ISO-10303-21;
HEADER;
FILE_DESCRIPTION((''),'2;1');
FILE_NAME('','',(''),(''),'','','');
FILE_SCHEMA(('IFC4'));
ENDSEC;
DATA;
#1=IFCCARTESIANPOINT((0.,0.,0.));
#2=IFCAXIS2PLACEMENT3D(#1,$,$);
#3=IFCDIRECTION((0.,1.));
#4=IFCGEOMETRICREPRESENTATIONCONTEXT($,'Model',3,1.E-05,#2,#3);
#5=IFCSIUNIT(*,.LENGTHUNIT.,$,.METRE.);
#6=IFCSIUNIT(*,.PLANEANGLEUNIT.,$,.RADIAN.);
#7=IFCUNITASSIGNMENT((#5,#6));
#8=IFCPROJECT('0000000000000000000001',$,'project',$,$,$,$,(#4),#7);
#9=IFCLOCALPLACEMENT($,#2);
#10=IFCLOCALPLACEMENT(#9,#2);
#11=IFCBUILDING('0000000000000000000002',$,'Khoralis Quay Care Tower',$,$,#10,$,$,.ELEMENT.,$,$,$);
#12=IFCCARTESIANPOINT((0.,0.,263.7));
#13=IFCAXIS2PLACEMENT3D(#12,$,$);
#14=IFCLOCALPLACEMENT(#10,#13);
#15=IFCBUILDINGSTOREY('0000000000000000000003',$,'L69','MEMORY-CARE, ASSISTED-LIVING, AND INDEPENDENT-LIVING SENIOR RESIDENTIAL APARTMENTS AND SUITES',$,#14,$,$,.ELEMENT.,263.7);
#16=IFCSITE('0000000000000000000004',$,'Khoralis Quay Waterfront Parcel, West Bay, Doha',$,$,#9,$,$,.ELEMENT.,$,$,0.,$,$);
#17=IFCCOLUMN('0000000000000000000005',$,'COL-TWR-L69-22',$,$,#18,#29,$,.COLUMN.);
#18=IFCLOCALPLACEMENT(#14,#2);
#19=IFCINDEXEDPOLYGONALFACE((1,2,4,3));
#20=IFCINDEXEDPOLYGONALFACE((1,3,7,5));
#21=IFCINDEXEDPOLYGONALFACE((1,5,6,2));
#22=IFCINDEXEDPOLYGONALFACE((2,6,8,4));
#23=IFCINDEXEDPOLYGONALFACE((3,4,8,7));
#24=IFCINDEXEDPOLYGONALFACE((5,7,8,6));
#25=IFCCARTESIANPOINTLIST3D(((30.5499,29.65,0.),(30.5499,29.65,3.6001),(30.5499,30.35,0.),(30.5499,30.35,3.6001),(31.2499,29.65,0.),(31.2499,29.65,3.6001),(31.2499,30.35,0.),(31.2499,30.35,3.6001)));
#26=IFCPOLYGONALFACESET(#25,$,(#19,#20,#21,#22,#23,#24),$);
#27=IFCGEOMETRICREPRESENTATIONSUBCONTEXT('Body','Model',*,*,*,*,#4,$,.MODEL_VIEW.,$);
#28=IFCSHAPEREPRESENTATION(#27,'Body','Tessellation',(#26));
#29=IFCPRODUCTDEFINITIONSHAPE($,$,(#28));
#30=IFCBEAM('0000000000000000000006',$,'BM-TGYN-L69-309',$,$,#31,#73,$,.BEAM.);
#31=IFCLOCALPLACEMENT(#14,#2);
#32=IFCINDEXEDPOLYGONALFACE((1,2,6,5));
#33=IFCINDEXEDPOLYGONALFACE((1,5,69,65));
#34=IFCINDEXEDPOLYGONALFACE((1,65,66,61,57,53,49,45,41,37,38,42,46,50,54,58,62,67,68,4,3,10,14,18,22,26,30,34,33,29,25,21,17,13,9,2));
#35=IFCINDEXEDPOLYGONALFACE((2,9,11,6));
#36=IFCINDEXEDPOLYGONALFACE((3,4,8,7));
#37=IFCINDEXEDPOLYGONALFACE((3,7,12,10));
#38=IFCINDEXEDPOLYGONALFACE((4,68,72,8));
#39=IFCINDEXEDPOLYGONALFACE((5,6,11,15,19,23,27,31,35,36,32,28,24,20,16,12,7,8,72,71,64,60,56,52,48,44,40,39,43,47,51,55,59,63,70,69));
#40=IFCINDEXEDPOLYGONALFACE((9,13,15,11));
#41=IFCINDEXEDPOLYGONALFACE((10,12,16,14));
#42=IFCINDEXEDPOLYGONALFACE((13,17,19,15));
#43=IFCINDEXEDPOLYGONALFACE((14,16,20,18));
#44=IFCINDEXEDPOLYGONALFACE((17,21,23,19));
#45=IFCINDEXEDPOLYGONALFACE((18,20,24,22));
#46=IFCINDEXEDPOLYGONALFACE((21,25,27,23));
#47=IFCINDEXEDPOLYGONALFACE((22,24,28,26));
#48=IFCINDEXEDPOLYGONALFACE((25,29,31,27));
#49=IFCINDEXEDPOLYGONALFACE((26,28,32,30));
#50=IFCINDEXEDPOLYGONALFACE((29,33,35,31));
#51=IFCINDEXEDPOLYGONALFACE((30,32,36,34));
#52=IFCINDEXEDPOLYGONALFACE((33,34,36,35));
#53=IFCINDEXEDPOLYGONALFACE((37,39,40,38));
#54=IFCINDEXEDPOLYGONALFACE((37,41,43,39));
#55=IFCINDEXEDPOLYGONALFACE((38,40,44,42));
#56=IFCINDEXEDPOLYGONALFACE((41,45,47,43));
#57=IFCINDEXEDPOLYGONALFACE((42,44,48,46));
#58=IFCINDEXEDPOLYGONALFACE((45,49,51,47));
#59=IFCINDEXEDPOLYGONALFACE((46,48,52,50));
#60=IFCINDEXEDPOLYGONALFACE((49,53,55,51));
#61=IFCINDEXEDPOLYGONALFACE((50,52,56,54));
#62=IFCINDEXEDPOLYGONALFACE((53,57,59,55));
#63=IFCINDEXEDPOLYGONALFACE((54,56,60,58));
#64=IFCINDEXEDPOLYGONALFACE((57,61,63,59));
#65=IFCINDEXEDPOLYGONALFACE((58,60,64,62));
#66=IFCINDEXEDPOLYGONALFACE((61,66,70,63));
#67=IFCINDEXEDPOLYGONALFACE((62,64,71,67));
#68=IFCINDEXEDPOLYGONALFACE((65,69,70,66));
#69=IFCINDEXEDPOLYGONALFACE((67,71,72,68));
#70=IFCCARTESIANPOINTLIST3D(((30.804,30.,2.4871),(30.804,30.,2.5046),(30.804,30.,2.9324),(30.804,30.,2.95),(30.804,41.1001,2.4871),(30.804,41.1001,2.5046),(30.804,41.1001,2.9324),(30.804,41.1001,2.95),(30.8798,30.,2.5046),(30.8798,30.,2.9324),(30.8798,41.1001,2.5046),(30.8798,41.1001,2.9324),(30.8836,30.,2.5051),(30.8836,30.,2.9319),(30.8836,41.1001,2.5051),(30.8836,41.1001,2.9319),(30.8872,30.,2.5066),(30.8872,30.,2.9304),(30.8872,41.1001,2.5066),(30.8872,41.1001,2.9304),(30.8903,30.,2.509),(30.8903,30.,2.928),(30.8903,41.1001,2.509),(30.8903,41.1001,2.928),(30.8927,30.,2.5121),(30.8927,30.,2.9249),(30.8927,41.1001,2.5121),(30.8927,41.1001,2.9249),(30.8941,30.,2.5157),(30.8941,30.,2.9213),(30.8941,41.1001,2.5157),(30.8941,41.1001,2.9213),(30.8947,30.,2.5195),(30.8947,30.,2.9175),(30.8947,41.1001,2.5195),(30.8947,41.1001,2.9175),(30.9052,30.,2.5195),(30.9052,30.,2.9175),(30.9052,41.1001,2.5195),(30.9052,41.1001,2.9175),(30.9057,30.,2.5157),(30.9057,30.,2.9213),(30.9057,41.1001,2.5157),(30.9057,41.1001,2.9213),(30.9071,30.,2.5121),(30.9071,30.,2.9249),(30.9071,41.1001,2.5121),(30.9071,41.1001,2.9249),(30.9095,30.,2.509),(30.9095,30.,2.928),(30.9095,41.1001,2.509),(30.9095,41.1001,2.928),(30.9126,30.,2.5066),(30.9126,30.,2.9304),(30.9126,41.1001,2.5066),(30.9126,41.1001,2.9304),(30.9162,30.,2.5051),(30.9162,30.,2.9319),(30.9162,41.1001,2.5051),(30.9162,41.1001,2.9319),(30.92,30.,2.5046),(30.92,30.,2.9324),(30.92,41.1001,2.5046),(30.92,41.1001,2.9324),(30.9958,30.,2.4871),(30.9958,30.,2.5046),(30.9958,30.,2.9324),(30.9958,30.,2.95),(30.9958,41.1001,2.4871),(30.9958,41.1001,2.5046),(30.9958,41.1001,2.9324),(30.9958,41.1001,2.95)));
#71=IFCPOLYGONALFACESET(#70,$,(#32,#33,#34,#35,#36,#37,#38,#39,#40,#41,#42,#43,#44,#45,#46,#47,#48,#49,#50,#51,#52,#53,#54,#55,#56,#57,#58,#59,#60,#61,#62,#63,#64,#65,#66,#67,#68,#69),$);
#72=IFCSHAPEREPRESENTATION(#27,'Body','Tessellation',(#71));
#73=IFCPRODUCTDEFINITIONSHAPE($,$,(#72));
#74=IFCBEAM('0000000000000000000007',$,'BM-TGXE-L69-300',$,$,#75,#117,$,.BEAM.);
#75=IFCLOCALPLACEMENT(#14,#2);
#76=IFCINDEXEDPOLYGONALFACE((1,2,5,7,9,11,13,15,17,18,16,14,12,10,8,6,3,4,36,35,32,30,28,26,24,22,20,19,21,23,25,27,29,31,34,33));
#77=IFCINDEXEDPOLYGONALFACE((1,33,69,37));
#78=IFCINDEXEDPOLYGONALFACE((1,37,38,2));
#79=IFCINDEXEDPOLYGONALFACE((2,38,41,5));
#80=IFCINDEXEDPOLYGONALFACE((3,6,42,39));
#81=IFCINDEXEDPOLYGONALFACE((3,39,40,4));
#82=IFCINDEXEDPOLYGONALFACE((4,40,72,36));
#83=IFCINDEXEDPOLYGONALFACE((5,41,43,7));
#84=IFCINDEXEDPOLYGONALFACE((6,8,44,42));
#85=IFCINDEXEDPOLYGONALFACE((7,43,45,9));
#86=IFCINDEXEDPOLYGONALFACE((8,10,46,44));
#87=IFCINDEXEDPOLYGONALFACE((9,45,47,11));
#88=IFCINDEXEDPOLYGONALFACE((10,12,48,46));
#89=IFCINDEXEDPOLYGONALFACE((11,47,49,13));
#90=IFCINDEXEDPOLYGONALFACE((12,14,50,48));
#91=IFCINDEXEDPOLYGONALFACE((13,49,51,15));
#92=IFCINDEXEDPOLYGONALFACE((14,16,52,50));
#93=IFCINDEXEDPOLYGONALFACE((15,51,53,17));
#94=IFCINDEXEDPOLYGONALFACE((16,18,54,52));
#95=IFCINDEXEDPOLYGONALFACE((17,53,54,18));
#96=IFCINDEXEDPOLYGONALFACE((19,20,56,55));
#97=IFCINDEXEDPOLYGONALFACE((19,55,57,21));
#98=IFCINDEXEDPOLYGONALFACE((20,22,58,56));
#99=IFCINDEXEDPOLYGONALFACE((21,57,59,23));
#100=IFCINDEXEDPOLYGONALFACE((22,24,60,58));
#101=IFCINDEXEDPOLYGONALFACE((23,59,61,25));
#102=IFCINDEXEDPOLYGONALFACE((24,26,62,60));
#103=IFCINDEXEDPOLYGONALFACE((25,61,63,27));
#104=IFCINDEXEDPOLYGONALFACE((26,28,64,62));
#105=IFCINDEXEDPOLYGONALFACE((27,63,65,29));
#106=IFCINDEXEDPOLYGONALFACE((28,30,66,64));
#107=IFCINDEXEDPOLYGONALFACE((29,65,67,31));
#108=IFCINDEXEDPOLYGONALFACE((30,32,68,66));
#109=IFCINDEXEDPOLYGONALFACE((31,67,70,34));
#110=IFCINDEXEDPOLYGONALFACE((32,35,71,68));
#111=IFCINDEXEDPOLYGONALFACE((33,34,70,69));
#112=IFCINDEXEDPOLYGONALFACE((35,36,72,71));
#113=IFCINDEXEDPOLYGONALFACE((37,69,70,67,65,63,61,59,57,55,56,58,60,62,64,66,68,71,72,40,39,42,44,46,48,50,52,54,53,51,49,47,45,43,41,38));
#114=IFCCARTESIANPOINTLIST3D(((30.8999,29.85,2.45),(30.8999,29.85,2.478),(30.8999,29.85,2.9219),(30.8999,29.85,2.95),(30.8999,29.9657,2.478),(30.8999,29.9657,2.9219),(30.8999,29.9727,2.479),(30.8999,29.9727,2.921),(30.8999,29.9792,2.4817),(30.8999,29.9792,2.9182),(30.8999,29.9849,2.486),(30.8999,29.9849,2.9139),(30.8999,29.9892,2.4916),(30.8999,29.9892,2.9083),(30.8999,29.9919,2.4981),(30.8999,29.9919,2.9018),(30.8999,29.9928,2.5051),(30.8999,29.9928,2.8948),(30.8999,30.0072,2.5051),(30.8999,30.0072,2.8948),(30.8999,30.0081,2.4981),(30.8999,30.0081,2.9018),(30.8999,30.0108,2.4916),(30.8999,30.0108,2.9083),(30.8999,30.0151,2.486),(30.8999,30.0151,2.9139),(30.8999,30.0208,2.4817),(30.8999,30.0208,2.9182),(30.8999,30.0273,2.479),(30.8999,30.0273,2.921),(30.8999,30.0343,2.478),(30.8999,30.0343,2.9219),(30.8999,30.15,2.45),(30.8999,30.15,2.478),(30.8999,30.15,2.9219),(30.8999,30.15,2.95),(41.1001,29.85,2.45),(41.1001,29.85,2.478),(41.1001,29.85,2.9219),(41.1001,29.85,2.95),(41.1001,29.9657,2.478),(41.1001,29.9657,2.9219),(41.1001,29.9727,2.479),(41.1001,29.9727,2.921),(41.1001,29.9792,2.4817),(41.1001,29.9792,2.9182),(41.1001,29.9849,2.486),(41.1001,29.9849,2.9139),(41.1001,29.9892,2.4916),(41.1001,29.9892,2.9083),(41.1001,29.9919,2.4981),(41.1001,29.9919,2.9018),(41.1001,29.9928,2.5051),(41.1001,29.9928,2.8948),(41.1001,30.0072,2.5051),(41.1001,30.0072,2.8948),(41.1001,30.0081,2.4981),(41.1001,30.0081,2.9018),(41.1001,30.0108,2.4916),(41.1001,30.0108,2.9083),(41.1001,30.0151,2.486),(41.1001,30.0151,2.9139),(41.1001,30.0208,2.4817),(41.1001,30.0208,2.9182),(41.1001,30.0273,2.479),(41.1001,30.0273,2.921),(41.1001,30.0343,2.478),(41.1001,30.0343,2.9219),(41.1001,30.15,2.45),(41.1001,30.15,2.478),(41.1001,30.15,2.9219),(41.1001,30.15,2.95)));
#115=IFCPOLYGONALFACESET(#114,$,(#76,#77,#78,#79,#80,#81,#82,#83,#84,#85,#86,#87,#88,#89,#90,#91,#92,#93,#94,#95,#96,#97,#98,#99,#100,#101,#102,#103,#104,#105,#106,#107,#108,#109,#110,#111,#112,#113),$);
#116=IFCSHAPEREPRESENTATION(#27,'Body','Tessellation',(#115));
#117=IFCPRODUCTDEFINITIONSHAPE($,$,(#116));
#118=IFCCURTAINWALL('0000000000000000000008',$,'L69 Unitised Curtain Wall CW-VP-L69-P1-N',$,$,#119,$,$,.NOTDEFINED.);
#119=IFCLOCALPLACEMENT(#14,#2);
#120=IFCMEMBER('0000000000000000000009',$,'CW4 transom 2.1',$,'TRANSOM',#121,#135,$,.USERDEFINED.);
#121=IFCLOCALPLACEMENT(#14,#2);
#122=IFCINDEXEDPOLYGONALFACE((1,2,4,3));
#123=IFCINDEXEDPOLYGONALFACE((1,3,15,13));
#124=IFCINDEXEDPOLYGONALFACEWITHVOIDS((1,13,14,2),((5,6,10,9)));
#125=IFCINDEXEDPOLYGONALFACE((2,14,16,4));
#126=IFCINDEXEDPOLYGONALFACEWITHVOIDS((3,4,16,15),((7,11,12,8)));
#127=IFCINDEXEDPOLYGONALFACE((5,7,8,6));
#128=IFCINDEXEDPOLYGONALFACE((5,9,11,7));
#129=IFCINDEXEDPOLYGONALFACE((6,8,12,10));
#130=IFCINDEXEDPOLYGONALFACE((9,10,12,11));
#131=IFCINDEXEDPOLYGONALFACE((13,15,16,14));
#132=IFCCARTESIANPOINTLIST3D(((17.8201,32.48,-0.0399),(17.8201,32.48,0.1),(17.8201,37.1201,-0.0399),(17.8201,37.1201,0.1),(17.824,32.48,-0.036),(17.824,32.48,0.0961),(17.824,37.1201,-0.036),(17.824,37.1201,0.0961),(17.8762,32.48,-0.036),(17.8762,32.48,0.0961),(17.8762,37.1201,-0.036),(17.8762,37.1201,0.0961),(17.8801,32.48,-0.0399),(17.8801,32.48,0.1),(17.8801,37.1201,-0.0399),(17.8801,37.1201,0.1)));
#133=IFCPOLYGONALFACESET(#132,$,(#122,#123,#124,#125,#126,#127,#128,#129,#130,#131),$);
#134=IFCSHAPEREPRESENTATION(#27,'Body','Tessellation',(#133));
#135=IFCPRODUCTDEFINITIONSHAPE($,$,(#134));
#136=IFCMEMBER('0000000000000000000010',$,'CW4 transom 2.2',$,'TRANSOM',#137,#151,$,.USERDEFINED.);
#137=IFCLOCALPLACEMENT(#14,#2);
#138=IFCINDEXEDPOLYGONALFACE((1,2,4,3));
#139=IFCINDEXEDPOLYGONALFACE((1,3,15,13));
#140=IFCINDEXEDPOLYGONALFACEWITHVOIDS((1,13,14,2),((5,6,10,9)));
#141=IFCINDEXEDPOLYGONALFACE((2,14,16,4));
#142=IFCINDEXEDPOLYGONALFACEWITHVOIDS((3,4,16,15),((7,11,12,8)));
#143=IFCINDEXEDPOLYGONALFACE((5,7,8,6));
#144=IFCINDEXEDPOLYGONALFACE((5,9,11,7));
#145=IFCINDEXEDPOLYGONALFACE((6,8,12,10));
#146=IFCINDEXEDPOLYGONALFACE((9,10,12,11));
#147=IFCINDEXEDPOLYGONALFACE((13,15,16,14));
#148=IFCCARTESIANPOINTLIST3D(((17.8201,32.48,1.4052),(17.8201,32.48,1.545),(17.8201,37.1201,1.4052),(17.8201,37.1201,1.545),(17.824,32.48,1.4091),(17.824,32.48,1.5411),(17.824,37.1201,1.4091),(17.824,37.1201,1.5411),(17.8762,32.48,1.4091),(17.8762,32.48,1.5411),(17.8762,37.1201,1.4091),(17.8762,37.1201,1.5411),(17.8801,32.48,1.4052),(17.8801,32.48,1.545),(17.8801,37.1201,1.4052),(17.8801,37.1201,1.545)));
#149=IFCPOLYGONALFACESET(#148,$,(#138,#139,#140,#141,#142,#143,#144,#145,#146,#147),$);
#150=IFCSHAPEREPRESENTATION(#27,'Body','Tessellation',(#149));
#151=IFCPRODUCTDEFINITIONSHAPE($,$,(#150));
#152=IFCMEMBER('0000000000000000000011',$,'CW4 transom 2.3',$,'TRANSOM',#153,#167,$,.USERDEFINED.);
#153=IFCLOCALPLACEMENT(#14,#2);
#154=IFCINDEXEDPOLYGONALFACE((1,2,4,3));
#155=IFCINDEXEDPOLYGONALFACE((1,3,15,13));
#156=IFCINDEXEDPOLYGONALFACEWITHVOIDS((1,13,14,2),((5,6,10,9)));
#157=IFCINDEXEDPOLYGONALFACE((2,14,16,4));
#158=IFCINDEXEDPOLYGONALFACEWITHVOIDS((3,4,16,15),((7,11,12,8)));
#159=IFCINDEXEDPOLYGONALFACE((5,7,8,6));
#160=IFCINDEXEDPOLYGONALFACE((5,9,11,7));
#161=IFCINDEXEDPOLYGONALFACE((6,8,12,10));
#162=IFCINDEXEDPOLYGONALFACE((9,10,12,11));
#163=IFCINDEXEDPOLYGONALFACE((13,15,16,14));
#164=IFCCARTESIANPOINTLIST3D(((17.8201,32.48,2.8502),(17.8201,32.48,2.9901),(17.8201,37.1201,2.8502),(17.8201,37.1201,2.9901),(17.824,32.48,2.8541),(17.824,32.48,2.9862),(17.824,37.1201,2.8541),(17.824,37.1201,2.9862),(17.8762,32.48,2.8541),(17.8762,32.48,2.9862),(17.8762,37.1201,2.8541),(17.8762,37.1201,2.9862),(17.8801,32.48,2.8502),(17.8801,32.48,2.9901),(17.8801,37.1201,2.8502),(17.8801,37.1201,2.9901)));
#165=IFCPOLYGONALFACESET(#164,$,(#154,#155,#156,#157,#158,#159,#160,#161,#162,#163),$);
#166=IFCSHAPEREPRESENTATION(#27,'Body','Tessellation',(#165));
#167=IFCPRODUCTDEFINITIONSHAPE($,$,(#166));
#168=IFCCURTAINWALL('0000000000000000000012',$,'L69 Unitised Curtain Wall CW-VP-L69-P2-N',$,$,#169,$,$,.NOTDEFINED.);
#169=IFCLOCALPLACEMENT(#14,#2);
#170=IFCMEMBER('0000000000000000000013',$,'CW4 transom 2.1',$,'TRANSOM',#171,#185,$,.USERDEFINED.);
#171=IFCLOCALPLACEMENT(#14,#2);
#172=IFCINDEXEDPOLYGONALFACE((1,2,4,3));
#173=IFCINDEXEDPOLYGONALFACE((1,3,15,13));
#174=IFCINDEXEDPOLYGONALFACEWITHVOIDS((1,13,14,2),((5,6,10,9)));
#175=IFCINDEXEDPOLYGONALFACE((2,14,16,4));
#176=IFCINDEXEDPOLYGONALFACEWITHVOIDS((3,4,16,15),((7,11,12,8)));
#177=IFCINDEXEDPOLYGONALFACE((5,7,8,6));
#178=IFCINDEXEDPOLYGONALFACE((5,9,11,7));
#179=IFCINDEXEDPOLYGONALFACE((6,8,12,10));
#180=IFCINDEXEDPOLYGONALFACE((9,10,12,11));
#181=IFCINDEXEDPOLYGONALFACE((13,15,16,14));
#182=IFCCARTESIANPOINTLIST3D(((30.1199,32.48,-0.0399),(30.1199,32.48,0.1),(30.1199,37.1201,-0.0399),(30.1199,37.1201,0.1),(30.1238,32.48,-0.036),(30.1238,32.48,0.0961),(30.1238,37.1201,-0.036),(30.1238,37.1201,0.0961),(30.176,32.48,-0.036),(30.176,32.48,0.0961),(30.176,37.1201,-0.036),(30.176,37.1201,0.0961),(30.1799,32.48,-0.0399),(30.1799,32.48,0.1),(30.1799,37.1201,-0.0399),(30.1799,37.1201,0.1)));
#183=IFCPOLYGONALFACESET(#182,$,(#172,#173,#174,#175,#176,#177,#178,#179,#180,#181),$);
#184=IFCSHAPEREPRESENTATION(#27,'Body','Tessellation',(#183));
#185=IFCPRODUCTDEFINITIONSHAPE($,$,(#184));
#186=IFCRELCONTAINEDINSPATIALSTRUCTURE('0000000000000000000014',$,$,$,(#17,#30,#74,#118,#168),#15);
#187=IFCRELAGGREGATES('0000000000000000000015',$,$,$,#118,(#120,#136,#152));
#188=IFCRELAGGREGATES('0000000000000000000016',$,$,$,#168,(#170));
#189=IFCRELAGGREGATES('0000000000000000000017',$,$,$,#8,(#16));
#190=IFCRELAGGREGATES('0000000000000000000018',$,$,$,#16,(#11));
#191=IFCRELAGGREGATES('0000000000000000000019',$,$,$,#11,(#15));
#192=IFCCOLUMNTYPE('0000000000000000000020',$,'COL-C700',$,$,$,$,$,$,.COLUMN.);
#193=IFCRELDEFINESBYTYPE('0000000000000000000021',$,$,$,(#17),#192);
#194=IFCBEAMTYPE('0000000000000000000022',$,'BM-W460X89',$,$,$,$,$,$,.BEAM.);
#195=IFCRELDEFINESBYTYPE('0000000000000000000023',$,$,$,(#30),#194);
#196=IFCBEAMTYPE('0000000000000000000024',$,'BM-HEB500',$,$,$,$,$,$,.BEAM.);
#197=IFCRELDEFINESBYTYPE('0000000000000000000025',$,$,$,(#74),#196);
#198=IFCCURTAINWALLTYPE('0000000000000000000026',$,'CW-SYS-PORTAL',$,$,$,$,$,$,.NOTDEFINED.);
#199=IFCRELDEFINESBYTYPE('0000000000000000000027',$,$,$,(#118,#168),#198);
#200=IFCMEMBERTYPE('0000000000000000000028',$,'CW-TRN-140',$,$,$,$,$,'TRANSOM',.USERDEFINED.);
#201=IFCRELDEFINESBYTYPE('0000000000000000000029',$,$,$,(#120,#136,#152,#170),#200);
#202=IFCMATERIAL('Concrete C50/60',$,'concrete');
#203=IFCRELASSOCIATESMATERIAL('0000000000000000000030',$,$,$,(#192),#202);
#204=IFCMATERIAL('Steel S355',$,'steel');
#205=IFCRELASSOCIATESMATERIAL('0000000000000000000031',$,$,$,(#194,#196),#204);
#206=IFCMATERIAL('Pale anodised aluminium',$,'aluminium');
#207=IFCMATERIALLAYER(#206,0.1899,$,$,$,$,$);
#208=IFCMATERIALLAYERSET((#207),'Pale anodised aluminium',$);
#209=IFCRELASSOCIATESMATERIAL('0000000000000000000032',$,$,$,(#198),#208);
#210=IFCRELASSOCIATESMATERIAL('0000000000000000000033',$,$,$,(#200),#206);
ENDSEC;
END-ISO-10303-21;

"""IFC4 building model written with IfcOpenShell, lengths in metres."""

from ifc_helpers import new_model, si_unit, direction, frame, origin, origin_2d, place, context, subcontext, project, spatial, rectangle, hollow_rectangle, i_section, extrude, source, transform, mapped, material, layer, layer_set, material_profile, profile_set, type_object, element, aggregate, save


model = new_model("IFC4")

# Units and contexts
model_context = context("Model", 3, precision=1e-05, world=origin(), true_north=direction((0.0, 1.0)))
body_context = subcontext(model_context, "Body", "Model", "MODEL_VIEW")
ifc_project = project(units=[si_unit("LENGTHUNIT", "METRE"), si_unit("PLANEANGLEUNIT", "RADIAN")], contexts=[model_context])

# Site, building, storey
site_placement = place(None, origin())
site = spatial("IfcSite", under=ifc_project, at=site_placement, Name="Khoralis Quay Waterfront Parcel, West Bay, Doha", CompositionType="ELEMENT", RefElevation=0.0)
building_placement = place(site_placement, origin())
building = spatial("IfcBuilding", under=site, at=building_placement, Name="Khoralis Quay Care Tower", CompositionType="ELEMENT")
storey_placement = place(building_placement, frame((0.0, 0.0, 263.7)))
storey = spatial("IfcBuildingStorey", under=building, at=storey_placement, Name="L69", Description="MEMORY-CARE, ASSISTED-LIVING, AND INDEPENDENT-LIVING SENIOR RESIDENTIAL APARTMENTS AND SUITES", CompositionType="ELEMENT", Elevation=263.7)

# Column
ifc_material_1 = material(Name="Concrete C50/60", Category="concrete")
ifc_material_profile_1 = material_profile(ifc_material_1, rectangle(XDim=0.7, YDim=0.7, at=origin_2d()), Name="Concrete C50/60")
ifc_profile_set_1 = profile_set([ifc_material_profile_1], Name="Concrete C50/60")
column_type = type_object("IfcColumnType", Name="COL-C700", PredefinedType="COLUMN", material=ifc_profile_set_1)
shared_shape_1 = source(origin(), body_context, "Body", "SweptSolid", [
    extrude(rectangle(XDim=0.7, YDim=0.7, at=origin_2d()), origin(), (0.0, 0.0, 1.0), 3.6001),
])
column_placement = place(storey_placement, frame((30.8999, 30.0, 0.0), z_axis=(0.0, 0.0, 1.0), x_axis=(1.0, 0.0, 0.0)))
element("IfcColumn", 1, at=column_placement, inside=storey, type_object=column_type, Name="COL-TWR-L69-22", PredefinedType="COLUMN", context=body_context, shape_type="MappedRepresentation", body=[
    mapped(shared_shape_1, transform((0.0, 0.0, 0.0), scale=1.0)),
])

# Beams
ifc_material_2 = material(Name="Steel S355", Category="steel")
ifc_material_profile_2 = material_profile(ifc_material_2, i_section(OverallWidth=0.1919, OverallDepth=0.4629, WebThickness=0.0105, FlangeThickness=0.0176, FilletRadius=0.0149, at=origin_2d()), Name="Steel S355")
ifc_profile_set_2 = profile_set([ifc_material_profile_2], Name="Steel S355")
beam_type_1 = type_object("IfcBeamType", Name="BM-W460X89", PredefinedType="BEAM", material=ifc_profile_set_2)
shared_shape_2 = source(origin(), body_context, "Body", "SweptSolid", [
    extrude(i_section(OverallWidth=0.1919, OverallDepth=0.4629, WebThickness=0.0105, FlangeThickness=0.0176, FilletRadius=0.0149, at=origin_2d()), origin(), (0.0, 0.0, 1.0), 11.1001),
])
beam_1_placement = place(storey_placement, frame((30.8999, 30.0, 2.7185), z_axis=(0.0, 1.0, 0.0), x_axis=(-1.0, 0.0, 0.0)))
element("IfcBeam", 2, at=beam_1_placement, inside=storey, type_object=beam_type_1, Name="BM-TGYN-L69-309", PredefinedType="BEAM", context=body_context, shape_type="MappedRepresentation", body=[
    mapped(shared_shape_2, transform((0.0, 0.0, 0.0), scale=1.0)),
])
ifc_material_profile_3 = material_profile(ifc_material_2, i_section(OverallWidth=0.3, OverallDepth=0.5, WebThickness=0.0144, FlangeThickness=0.0281, FilletRadius=0.0271, at=origin_2d()), Name="Steel S355")
ifc_profile_set_3 = profile_set([ifc_material_profile_3], Name="Steel S355")
beam_type_2 = type_object("IfcBeamType", Name="BM-HEB500", PredefinedType="BEAM", material=ifc_profile_set_3)
shared_shape_3 = source(origin(), body_context, "Body", "SweptSolid", [
    extrude(i_section(OverallWidth=0.3, OverallDepth=0.5, WebThickness=0.0144, FlangeThickness=0.0281, FilletRadius=0.0271, at=origin_2d()), origin(), (0.0, 0.0, 1.0), 10.2002),
])
beam_2_placement = place(storey_placement, frame((30.8999, 30.0, 2.7), z_axis=(1.0, 0.0, 0.0), x_axis=(0.0, 1.0, 0.0)))
element("IfcBeam", 3, at=beam_2_placement, inside=storey, type_object=beam_type_2, Name="BM-TGXE-L69-300", PredefinedType="BEAM", context=body_context, shape_type="MappedRepresentation", body=[
    mapped(shared_shape_3, transform((0.0, 0.0, 0.0), scale=1.0)),
])

# Curtain walls, members
ifc_material_3 = material(Name="Pale anodised aluminium", Category="aluminium")
ifc_layer_1 = layer(ifc_material_3, 0.1899)
ifc_layer_set_1 = layer_set([ifc_layer_1], Name="Pale anodised aluminium")
curtain_wall_type = type_object("IfcCurtainWallType", Name="CW-SYS-PORTAL", PredefinedType="NOTDEFINED", material=ifc_layer_set_1)
curtain_wall_1_placement = place(storey_placement, origin())
curtain_wall_1 = element("IfcCurtainWall", 4, at=curtain_wall_1_placement, inside=storey, type_object=curtain_wall_type, Name="L69 Unitised Curtain Wall CW-VP-L69-P1-N", PredefinedType="NOTDEFINED")
ifc_material_profile_4 = material_profile(ifc_material_3, hollow_rectangle(XDim=0.0601, YDim=0.1399, WallThickness=0.0039, at=origin_2d()), Name="Pale anodised aluminium")
ifc_profile_set_4 = profile_set([ifc_material_profile_4], Name="Pale anodised aluminium")
member_type_1 = type_object("IfcMemberType", Name="CW-TRN-140", ElementType="TRANSOM", PredefinedType="USERDEFINED", material=ifc_profile_set_4)
shared_shape_4 = source(origin(), body_context, "Body", "SweptSolid", [
    extrude(hollow_rectangle(XDim=0.0601, YDim=0.1399, WallThickness=0.0039, at=origin_2d()), origin(), (0.0, 0.0, 1.0), 4.6401),
])
member_1_placement = place(storey_placement, frame((17.8501, 32.48, 0.03), z_axis=(0.0, 1.0, 0.0), x_axis=(-1.0, 0.0, 0.0)))
member_1 = element("IfcMember", 5, at=member_1_placement, type_object=member_type_1, Name="CW4 transom 2.1", ObjectType="TRANSOM", PredefinedType="USERDEFINED", context=body_context, shape_type="MappedRepresentation", body=[
    mapped(shared_shape_4, transform((0.0, 0.0, 0.0), scale=1.0)),
])
member_2_placement = place(storey_placement, frame((17.8501, 32.48, 1.4751), z_axis=(0.0, 1.0, 0.0), x_axis=(-1.0, 0.0, 0.0)))
member_2 = element("IfcMember", 6, at=member_2_placement, type_object=member_type_1, Name="CW4 transom 2.2", ObjectType="TRANSOM", PredefinedType="USERDEFINED", context=body_context, shape_type="MappedRepresentation", body=[
    mapped(shared_shape_4, transform((0.0, 0.0, 0.0), scale=1.0)),
])
member_3_placement = place(storey_placement, frame((17.8501, 32.48, 2.9202), z_axis=(0.0, 1.0, 0.0), x_axis=(-1.0, 0.0, 0.0)))
member_3 = element("IfcMember", 7, at=member_3_placement, type_object=member_type_1, Name="CW4 transom 2.3", ObjectType="TRANSOM", PredefinedType="USERDEFINED", context=body_context, shape_type="MappedRepresentation", body=[
    mapped(shared_shape_4, transform((0.0, 0.0, 0.0), scale=1.0)),
])
curtain_wall_2_placement = place(storey_placement, origin())
curtain_wall_2 = element("IfcCurtainWall", 8, at=curtain_wall_2_placement, inside=storey, type_object=curtain_wall_type, Name="L69 Unitised Curtain Wall CW-VP-L69-P2-N", PredefinedType="NOTDEFINED")
member_4_placement = place(storey_placement, frame((30.1499, 32.48, 0.03), z_axis=(0.0, 1.0, 0.0), x_axis=(-1.0, 0.0, 0.0)))
member_4 = element("IfcMember", 9, at=member_4_placement, type_object=member_type_1, Name="CW4 transom 2.1", ObjectType="TRANSOM", PredefinedType="USERDEFINED", context=body_context, shape_type="MappedRepresentation", body=[
    mapped(shared_shape_4, transform((0.0, 0.0, 0.0), scale=1.0)),
])

aggregate(curtain_wall_1, [member_1, member_2, member_3])
aggregate(curtain_wall_2, [member_4])

save(model, "model.ifc")
